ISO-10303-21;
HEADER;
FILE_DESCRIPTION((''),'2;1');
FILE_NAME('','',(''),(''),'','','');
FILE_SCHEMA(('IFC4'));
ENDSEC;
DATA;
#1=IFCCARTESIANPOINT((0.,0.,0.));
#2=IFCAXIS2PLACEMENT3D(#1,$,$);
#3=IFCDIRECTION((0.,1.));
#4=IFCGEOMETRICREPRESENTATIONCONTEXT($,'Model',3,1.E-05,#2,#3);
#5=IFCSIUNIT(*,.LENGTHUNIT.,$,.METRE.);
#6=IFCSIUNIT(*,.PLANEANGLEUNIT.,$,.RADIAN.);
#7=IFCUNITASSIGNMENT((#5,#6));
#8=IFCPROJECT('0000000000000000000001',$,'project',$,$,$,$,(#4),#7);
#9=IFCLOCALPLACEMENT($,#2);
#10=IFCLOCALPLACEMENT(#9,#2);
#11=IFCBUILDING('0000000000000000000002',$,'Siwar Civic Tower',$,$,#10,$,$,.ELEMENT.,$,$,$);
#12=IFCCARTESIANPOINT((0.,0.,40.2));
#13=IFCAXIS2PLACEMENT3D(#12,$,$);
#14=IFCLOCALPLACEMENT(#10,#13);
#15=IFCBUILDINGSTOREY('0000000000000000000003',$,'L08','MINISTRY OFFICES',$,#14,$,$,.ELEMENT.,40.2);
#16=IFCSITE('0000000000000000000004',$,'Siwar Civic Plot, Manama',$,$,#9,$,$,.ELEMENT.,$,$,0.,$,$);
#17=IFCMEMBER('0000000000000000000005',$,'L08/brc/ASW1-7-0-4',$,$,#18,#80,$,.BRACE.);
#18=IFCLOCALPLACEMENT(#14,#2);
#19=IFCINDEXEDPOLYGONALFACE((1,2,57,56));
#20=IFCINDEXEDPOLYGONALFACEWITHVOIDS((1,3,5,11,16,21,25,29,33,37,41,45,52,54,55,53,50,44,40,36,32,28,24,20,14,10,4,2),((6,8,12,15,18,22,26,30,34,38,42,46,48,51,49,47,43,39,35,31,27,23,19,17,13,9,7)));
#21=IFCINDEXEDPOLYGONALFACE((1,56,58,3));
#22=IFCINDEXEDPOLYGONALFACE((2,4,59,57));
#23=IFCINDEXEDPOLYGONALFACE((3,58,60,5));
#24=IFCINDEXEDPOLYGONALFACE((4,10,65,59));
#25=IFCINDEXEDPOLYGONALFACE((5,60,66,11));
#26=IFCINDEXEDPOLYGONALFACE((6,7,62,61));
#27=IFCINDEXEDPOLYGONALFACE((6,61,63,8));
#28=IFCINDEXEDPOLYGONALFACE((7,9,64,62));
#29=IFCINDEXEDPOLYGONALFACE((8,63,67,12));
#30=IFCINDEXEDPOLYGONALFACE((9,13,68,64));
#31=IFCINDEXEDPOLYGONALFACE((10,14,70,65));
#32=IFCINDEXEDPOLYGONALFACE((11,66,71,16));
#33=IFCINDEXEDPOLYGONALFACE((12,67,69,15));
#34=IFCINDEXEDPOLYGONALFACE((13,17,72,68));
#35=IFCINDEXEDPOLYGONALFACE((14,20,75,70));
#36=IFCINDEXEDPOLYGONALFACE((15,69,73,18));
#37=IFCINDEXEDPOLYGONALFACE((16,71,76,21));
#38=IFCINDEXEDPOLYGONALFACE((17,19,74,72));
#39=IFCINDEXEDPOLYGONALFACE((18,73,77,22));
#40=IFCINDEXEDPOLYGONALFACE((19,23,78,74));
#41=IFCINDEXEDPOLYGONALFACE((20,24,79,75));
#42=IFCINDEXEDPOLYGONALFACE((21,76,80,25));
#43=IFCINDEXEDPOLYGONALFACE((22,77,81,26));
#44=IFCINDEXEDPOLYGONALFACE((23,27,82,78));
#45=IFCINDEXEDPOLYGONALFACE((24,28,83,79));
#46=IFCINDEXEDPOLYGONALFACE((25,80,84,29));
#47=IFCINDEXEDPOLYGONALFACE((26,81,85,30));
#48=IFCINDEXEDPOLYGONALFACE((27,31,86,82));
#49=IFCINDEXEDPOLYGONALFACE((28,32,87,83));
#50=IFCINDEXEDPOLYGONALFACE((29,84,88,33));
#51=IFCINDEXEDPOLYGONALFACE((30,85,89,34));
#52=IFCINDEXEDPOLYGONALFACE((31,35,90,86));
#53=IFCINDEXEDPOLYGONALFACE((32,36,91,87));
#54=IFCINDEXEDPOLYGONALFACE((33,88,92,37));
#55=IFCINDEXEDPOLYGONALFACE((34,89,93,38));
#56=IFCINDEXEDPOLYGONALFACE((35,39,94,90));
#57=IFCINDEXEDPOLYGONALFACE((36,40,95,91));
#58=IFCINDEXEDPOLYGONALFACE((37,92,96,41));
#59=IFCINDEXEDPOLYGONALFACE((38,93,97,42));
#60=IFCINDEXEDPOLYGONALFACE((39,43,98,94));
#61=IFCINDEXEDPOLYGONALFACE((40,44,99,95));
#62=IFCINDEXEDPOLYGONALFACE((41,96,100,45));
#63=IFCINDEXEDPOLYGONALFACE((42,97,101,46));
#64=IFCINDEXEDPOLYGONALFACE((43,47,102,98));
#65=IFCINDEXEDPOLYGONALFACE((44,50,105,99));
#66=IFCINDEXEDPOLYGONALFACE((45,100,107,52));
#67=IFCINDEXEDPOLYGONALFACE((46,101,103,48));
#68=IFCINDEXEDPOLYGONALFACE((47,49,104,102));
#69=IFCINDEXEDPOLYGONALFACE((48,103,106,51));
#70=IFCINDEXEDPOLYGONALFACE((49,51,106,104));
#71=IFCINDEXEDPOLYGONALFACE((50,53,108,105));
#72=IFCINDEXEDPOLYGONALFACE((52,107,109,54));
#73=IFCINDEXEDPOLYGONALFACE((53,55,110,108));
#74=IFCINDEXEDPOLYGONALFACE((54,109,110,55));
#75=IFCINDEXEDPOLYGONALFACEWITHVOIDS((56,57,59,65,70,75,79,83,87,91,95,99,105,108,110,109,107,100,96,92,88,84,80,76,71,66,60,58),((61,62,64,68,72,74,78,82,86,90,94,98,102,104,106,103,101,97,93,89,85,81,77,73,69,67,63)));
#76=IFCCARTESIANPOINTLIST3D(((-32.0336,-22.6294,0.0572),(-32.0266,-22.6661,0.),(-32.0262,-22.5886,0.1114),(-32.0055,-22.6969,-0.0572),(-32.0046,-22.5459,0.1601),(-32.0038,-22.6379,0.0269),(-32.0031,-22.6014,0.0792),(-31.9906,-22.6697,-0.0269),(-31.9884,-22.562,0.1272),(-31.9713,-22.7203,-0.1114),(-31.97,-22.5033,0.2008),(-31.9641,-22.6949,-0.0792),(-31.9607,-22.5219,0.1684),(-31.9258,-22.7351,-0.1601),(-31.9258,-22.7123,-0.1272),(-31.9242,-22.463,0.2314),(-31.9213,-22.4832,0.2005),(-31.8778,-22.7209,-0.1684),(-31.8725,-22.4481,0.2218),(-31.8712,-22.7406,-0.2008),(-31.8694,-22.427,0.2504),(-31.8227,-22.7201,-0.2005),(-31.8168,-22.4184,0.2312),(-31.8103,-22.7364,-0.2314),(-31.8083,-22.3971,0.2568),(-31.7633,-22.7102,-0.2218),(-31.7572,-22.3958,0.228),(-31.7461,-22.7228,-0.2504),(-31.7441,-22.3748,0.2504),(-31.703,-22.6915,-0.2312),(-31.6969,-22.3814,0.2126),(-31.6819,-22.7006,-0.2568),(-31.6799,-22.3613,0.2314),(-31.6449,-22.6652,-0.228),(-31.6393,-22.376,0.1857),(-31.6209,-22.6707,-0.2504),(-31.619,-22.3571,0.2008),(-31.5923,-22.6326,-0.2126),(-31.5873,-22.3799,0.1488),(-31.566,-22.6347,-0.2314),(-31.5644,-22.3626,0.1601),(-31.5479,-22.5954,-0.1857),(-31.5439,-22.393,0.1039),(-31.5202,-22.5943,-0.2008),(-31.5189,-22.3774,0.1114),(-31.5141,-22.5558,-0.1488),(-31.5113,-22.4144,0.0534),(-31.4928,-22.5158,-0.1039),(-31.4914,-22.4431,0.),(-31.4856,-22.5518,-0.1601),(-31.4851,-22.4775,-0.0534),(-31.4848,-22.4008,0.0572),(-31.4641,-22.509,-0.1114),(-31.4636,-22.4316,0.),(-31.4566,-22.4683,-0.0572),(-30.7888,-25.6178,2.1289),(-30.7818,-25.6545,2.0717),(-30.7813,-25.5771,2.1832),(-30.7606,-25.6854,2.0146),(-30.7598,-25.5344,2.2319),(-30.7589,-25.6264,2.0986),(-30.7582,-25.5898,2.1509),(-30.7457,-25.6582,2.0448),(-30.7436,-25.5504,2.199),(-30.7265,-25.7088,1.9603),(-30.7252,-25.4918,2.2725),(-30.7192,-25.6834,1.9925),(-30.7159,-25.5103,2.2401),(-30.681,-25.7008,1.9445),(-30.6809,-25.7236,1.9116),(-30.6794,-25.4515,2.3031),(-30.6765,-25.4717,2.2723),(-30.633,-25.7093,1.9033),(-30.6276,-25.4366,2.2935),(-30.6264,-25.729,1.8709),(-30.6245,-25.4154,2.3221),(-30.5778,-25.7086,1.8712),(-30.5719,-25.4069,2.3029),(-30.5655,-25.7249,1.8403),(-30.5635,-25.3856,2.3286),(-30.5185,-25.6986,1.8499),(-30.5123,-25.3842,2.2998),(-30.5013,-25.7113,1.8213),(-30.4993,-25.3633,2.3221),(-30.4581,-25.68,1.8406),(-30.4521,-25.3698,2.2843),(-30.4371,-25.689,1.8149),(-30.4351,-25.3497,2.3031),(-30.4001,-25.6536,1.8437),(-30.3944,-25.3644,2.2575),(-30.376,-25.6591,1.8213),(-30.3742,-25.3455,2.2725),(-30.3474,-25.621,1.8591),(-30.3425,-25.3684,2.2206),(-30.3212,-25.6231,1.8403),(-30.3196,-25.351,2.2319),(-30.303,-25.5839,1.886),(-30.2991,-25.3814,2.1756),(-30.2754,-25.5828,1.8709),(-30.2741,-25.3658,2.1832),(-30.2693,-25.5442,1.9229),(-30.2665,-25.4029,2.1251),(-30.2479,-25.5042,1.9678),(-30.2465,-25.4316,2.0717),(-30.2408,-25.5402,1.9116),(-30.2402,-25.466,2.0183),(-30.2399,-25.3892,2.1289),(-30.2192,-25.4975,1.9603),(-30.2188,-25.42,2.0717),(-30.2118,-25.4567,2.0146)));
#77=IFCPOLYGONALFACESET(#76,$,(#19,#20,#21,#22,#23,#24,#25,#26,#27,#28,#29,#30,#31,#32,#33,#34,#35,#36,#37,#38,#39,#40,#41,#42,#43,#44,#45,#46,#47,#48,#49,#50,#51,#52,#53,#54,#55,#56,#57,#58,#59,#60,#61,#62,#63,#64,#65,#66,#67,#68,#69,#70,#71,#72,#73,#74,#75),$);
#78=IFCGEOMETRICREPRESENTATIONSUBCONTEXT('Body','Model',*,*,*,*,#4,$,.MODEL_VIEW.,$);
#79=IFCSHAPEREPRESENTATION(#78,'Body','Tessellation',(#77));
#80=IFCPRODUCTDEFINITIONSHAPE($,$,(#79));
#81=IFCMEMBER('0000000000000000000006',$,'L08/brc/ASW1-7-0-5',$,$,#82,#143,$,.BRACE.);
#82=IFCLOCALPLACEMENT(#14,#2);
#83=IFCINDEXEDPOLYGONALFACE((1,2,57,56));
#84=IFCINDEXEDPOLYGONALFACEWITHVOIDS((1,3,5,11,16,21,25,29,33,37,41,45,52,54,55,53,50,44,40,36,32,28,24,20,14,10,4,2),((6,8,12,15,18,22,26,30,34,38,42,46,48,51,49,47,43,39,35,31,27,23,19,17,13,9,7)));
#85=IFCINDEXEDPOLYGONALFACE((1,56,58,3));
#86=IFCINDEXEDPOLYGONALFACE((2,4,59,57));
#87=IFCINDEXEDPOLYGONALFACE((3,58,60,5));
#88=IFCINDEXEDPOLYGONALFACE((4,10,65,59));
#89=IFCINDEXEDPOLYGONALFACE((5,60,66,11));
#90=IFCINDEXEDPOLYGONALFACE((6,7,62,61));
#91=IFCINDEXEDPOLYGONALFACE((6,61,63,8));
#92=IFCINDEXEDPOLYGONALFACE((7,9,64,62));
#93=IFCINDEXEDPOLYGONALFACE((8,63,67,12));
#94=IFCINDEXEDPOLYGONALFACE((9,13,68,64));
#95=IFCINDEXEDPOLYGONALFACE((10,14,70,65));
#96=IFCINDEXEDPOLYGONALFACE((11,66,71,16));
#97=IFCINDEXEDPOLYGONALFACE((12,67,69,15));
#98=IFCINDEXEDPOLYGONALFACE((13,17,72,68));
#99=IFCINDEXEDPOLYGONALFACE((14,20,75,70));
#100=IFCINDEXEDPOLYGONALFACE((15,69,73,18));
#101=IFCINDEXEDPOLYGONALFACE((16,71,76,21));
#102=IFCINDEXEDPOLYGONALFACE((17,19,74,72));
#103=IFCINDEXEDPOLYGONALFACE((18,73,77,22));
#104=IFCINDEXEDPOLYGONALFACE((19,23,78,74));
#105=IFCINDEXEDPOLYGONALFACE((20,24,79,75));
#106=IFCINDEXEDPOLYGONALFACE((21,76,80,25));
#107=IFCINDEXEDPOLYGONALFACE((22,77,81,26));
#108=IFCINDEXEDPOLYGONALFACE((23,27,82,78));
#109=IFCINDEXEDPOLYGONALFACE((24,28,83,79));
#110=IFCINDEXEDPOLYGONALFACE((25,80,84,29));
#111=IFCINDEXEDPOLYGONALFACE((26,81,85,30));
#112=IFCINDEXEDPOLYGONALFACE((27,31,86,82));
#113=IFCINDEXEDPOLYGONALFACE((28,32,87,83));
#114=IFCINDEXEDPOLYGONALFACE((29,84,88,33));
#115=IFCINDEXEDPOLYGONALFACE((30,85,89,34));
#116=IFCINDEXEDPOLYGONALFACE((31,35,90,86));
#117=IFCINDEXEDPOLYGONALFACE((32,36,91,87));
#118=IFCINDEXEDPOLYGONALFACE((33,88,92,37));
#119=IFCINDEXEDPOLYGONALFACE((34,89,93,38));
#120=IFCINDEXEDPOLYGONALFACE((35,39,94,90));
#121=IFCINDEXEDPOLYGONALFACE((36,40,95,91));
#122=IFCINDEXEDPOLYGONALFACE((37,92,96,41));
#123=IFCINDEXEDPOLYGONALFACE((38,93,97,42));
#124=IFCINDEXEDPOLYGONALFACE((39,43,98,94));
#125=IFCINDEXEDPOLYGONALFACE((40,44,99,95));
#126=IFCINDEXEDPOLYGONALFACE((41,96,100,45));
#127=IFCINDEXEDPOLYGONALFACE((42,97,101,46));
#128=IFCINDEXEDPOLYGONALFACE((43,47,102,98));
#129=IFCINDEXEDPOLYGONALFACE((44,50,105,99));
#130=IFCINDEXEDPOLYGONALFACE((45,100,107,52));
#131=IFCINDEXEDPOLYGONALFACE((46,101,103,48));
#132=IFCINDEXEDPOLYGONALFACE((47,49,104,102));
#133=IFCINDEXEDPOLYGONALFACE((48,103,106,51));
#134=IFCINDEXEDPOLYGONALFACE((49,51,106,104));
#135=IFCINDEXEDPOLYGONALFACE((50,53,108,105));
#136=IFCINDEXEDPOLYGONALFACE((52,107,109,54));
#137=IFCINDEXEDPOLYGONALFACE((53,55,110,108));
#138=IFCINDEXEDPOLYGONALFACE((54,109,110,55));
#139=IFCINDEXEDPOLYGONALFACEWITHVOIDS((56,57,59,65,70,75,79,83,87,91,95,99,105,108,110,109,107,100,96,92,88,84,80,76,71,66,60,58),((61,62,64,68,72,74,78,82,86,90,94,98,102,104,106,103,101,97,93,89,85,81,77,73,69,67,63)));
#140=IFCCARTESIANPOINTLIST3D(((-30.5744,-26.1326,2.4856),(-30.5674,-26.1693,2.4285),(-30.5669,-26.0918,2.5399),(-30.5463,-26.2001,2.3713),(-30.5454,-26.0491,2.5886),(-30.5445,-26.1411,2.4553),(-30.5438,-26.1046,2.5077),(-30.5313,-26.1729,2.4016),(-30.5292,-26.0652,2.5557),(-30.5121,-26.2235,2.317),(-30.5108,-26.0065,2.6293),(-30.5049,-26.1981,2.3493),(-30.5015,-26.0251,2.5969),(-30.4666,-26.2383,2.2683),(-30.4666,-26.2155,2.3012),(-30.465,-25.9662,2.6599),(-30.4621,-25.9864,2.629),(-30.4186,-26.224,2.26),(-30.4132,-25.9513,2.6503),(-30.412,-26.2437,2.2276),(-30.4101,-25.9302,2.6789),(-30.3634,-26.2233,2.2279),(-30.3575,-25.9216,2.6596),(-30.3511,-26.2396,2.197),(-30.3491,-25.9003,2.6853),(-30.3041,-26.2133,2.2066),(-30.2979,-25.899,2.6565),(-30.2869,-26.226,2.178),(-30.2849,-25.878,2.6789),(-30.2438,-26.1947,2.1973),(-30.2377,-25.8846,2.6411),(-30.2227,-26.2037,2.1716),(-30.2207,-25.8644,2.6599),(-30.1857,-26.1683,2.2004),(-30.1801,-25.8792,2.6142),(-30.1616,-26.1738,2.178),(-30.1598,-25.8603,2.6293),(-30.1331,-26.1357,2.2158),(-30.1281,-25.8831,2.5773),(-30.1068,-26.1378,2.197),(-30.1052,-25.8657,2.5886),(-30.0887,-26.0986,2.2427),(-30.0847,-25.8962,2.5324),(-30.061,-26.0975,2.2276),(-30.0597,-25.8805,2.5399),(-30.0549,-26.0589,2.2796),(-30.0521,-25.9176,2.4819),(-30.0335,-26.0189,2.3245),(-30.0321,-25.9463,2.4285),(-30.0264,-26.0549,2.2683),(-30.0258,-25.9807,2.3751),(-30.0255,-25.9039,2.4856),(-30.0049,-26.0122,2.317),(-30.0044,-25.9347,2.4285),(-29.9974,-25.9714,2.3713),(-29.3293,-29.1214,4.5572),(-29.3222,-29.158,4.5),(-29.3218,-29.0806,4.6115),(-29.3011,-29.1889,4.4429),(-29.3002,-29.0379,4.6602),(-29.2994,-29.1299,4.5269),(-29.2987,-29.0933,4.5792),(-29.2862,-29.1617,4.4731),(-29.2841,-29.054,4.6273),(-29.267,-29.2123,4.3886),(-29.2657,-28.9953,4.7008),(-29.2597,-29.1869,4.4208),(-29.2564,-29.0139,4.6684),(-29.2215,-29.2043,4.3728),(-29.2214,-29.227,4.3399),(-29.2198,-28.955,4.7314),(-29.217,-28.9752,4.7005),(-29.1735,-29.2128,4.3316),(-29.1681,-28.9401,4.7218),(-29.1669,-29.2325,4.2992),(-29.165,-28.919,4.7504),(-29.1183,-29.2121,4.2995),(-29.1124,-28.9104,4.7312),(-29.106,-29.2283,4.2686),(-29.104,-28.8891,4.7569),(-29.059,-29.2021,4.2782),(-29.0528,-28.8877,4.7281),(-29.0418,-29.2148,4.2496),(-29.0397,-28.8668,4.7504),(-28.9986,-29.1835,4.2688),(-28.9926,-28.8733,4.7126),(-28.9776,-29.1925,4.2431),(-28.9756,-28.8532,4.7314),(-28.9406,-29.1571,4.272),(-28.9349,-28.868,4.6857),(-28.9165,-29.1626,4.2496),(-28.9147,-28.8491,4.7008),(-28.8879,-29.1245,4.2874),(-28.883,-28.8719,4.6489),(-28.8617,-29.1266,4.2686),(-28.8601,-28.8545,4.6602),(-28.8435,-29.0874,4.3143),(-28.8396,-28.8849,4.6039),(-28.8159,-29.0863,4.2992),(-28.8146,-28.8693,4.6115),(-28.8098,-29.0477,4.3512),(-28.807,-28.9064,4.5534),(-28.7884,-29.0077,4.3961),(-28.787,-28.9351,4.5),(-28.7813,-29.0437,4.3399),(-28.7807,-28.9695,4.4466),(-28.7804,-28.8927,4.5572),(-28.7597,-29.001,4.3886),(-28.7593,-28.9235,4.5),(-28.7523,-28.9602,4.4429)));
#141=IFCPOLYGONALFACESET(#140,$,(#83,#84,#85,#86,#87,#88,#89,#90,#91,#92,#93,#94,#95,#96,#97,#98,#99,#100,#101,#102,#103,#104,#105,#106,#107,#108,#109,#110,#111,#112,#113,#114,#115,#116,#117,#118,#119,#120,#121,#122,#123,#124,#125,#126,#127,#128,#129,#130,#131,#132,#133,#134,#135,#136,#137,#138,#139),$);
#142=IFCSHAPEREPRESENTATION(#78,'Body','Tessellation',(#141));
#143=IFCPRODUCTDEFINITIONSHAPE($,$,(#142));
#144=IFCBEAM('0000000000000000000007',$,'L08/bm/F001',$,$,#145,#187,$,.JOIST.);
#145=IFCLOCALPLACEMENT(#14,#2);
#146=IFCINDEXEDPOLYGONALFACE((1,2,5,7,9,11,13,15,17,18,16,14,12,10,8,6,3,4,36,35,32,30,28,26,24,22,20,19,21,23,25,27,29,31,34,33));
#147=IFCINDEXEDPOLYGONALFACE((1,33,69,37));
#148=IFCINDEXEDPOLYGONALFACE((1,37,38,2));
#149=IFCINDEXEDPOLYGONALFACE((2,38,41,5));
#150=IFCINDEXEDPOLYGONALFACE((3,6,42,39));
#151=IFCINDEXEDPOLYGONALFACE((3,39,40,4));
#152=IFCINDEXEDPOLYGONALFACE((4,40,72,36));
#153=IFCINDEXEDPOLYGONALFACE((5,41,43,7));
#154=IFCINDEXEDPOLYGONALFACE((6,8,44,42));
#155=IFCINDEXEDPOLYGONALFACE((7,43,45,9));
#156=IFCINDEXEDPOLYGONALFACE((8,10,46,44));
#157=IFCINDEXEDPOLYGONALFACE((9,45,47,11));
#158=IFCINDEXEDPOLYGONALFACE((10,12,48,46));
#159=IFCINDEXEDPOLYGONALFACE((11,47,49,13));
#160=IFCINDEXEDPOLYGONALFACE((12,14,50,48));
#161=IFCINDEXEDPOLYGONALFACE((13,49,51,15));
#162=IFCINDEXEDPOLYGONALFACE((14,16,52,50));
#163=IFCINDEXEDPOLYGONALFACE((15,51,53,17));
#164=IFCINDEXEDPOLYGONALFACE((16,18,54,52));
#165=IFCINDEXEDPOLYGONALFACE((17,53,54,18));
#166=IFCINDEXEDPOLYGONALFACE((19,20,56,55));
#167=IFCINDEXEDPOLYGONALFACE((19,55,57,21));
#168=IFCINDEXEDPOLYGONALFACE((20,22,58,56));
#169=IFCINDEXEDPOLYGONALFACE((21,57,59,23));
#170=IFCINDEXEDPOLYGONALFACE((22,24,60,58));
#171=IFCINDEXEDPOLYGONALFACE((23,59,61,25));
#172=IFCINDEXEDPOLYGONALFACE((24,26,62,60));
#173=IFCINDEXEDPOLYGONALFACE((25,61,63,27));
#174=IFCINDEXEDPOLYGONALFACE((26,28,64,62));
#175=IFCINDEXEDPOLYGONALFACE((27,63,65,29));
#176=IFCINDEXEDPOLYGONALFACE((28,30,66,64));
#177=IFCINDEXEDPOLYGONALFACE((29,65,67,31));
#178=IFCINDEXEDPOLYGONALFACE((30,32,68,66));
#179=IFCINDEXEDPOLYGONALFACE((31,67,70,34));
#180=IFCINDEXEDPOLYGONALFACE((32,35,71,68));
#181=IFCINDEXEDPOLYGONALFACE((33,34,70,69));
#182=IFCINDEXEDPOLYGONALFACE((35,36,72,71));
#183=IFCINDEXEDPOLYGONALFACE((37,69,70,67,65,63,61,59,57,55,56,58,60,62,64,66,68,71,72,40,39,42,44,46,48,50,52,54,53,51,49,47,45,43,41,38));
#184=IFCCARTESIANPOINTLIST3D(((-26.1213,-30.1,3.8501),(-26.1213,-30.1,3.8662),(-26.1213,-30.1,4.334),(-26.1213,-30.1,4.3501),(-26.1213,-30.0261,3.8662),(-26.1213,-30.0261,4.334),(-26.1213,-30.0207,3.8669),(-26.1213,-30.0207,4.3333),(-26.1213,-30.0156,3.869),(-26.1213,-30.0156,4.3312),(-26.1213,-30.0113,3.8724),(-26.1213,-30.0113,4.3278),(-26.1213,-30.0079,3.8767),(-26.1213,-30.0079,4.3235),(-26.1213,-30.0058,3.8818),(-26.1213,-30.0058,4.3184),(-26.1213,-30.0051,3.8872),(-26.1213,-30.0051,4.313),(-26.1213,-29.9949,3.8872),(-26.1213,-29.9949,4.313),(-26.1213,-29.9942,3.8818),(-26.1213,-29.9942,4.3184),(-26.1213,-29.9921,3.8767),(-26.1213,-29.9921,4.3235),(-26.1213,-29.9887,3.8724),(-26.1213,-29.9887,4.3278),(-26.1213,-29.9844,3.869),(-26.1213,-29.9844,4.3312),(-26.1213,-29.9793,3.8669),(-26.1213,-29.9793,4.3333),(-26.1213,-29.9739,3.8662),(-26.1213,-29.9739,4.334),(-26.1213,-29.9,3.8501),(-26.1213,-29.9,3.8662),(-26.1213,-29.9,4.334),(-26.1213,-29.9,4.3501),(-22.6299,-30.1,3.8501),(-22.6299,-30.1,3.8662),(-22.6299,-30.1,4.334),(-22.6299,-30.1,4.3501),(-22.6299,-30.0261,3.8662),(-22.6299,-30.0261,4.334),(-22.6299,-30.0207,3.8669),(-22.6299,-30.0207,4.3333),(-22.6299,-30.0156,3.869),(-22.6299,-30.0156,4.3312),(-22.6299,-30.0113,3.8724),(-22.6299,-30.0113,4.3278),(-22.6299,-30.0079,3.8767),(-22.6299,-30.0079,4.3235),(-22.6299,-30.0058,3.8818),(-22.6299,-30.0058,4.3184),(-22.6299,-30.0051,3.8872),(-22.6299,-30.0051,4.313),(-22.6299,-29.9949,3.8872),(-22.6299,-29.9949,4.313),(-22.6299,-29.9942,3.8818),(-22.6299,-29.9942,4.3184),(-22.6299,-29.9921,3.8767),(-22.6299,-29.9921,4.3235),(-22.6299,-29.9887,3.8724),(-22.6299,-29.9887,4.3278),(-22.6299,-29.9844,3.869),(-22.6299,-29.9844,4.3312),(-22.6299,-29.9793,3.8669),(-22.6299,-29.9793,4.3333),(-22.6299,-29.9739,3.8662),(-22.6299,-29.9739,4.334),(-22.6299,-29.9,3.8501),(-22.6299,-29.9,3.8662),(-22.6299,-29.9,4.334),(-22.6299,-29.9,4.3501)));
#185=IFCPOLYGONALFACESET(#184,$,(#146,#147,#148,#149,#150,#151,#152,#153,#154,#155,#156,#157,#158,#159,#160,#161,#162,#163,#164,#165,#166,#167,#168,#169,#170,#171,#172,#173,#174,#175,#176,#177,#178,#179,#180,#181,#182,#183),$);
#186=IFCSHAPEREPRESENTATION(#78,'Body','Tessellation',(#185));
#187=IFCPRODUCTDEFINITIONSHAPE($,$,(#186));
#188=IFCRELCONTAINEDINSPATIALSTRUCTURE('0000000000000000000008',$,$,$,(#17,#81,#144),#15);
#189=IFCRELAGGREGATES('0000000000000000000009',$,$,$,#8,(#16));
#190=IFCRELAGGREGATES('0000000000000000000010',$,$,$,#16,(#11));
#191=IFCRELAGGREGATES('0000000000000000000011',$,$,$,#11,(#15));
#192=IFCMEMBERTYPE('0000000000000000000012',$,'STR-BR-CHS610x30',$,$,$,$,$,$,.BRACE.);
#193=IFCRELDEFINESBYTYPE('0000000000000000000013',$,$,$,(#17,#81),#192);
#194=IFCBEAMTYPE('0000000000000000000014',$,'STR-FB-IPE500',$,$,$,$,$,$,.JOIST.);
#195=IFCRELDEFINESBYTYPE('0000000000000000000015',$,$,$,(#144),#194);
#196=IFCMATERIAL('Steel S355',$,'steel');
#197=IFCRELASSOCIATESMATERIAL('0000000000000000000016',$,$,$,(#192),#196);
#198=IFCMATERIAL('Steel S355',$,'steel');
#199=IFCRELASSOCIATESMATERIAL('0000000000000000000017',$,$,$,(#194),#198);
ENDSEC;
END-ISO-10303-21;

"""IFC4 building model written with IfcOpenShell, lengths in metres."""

from ifc_helpers import new_model, si_unit, direction, frame, origin, origin_2d, place, context, subcontext, project, spatial, hollow_circle, i_section, extrude, material, material_profile, profile_set, type_object, element, save


model = new_model("IFC4")

# Units and contexts
model_context = context("Model", 3, precision=1e-05, world=origin(), true_north=direction((0.0, 1.0)))
body_context = subcontext(model_context, "Body", "Model", "MODEL_VIEW")
ifc_project = project(units=[si_unit("LENGTHUNIT", "METRE"), si_unit("PLANEANGLEUNIT", "RADIAN")], contexts=[model_context])

# Site, building, storey
site_placement = place(None, origin())
site = spatial("IfcSite", under=ifc_project, at=site_placement, Name="Siwar Civic Plot, Manama", CompositionType="ELEMENT", RefElevation=0.0)
building_placement = place(site_placement, origin())
building = spatial("IfcBuilding", under=site, at=building_placement, Name="Siwar Civic Tower", CompositionType="ELEMENT")
storey_placement = place(building_placement, frame((0.0, 0.0, 40.2)))
storey = spatial("IfcBuildingStorey", under=building, at=storey_placement, Name="L08", Description="MINISTRY OFFICES", CompositionType="ELEMENT", Elevation=40.2)

# Members
ifc_material_1 = material(Name="Steel S355", Category="steel")
ifc_material_profile_1 = material_profile(ifc_material_1, hollow_circle(Radius=0.3049, WallThickness=0.03, at=origin_2d()), Name="CHS610x30")
ifc_profile_set_1 = profile_set([ifc_material_profile_1], Name="Steel S355")
member_type_1 = type_object("IfcMemberType", Name="STR-BR-CHS610x30", PredefinedType="BRACE", material=ifc_profile_set_1)
member_1_placement = place(storey_placement, frame((-31.7451, -22.5488, 0.0), z_axis=(0.323882, -0.777533, 0.53902), x_axis=(0.923115, 0.384524, 0.0)))
element("IfcMember", 1, at=member_1_placement, inside=storey, type_object=member_type_1, Name="L08/brc/ASW1-7-0-4", PredefinedType="BRACE", context=body_context, shape_type="SweptSolid", body=[
    extrude(hollow_circle(Radius=0.3049, WallThickness=0.03, at=origin_2d()), origin(), (0.0, 0.0, 1.0), 3.8435),
])
member_2_placement = place(storey_placement, frame((-30.2859, -26.052, 2.4285), z_axis=(0.323934, -0.777569, 0.538937), x_axis=(0.923099, 0.384562, 0.0)))
element("IfcMember", 2, at=member_2_placement, inside=storey, type_object=member_type_1, Name="L08/brc/ASW1-7-0-5", PredefinedType="BRACE", context=body_context, shape_type="SweptSolid", body=[
    extrude(hollow_circle(Radius=0.3049, WallThickness=0.03, at=origin_2d()), origin(), (0.0, 0.0, 1.0), 3.8438),
])

# Beam
ifc_material_2 = material(Name="Steel S355", Category="steel")
ifc_material_profile_2 = material_profile(ifc_material_2, i_section(OverallWidth=0.2, OverallDepth=0.5, WebThickness=0.0103, FlangeThickness=0.0161, FilletRadius=0.021, at=origin_2d()), Name="IPE500")
ifc_profile_set_2 = profile_set([ifc_material_profile_2], Name="Steel S355")
beam_type_1 = type_object("IfcBeamType", Name="STR-FB-IPE500", PredefinedType="JOIST", material=ifc_profile_set_2)
beam_1_placement = place(storey_placement, frame((-26.1213, -30.0, 4.1001), z_axis=(1.0, 0.0, 0.0), x_axis=(0.0, 1.0, 0.0)))
element("IfcBeam", 3, at=beam_1_placement, inside=storey, type_object=beam_type_1, Name="L08/bm/F001", PredefinedType="JOIST", context=body_context, shape_type="SweptSolid", body=[
    extrude(i_section(OverallWidth=0.2, OverallDepth=0.5, WebThickness=0.0103, FlangeThickness=0.0161, FilletRadius=0.021, at=origin_2d()), origin(), (0.0, 0.0, 1.0), 3.4915),
])

save(model, "model.ifc")
